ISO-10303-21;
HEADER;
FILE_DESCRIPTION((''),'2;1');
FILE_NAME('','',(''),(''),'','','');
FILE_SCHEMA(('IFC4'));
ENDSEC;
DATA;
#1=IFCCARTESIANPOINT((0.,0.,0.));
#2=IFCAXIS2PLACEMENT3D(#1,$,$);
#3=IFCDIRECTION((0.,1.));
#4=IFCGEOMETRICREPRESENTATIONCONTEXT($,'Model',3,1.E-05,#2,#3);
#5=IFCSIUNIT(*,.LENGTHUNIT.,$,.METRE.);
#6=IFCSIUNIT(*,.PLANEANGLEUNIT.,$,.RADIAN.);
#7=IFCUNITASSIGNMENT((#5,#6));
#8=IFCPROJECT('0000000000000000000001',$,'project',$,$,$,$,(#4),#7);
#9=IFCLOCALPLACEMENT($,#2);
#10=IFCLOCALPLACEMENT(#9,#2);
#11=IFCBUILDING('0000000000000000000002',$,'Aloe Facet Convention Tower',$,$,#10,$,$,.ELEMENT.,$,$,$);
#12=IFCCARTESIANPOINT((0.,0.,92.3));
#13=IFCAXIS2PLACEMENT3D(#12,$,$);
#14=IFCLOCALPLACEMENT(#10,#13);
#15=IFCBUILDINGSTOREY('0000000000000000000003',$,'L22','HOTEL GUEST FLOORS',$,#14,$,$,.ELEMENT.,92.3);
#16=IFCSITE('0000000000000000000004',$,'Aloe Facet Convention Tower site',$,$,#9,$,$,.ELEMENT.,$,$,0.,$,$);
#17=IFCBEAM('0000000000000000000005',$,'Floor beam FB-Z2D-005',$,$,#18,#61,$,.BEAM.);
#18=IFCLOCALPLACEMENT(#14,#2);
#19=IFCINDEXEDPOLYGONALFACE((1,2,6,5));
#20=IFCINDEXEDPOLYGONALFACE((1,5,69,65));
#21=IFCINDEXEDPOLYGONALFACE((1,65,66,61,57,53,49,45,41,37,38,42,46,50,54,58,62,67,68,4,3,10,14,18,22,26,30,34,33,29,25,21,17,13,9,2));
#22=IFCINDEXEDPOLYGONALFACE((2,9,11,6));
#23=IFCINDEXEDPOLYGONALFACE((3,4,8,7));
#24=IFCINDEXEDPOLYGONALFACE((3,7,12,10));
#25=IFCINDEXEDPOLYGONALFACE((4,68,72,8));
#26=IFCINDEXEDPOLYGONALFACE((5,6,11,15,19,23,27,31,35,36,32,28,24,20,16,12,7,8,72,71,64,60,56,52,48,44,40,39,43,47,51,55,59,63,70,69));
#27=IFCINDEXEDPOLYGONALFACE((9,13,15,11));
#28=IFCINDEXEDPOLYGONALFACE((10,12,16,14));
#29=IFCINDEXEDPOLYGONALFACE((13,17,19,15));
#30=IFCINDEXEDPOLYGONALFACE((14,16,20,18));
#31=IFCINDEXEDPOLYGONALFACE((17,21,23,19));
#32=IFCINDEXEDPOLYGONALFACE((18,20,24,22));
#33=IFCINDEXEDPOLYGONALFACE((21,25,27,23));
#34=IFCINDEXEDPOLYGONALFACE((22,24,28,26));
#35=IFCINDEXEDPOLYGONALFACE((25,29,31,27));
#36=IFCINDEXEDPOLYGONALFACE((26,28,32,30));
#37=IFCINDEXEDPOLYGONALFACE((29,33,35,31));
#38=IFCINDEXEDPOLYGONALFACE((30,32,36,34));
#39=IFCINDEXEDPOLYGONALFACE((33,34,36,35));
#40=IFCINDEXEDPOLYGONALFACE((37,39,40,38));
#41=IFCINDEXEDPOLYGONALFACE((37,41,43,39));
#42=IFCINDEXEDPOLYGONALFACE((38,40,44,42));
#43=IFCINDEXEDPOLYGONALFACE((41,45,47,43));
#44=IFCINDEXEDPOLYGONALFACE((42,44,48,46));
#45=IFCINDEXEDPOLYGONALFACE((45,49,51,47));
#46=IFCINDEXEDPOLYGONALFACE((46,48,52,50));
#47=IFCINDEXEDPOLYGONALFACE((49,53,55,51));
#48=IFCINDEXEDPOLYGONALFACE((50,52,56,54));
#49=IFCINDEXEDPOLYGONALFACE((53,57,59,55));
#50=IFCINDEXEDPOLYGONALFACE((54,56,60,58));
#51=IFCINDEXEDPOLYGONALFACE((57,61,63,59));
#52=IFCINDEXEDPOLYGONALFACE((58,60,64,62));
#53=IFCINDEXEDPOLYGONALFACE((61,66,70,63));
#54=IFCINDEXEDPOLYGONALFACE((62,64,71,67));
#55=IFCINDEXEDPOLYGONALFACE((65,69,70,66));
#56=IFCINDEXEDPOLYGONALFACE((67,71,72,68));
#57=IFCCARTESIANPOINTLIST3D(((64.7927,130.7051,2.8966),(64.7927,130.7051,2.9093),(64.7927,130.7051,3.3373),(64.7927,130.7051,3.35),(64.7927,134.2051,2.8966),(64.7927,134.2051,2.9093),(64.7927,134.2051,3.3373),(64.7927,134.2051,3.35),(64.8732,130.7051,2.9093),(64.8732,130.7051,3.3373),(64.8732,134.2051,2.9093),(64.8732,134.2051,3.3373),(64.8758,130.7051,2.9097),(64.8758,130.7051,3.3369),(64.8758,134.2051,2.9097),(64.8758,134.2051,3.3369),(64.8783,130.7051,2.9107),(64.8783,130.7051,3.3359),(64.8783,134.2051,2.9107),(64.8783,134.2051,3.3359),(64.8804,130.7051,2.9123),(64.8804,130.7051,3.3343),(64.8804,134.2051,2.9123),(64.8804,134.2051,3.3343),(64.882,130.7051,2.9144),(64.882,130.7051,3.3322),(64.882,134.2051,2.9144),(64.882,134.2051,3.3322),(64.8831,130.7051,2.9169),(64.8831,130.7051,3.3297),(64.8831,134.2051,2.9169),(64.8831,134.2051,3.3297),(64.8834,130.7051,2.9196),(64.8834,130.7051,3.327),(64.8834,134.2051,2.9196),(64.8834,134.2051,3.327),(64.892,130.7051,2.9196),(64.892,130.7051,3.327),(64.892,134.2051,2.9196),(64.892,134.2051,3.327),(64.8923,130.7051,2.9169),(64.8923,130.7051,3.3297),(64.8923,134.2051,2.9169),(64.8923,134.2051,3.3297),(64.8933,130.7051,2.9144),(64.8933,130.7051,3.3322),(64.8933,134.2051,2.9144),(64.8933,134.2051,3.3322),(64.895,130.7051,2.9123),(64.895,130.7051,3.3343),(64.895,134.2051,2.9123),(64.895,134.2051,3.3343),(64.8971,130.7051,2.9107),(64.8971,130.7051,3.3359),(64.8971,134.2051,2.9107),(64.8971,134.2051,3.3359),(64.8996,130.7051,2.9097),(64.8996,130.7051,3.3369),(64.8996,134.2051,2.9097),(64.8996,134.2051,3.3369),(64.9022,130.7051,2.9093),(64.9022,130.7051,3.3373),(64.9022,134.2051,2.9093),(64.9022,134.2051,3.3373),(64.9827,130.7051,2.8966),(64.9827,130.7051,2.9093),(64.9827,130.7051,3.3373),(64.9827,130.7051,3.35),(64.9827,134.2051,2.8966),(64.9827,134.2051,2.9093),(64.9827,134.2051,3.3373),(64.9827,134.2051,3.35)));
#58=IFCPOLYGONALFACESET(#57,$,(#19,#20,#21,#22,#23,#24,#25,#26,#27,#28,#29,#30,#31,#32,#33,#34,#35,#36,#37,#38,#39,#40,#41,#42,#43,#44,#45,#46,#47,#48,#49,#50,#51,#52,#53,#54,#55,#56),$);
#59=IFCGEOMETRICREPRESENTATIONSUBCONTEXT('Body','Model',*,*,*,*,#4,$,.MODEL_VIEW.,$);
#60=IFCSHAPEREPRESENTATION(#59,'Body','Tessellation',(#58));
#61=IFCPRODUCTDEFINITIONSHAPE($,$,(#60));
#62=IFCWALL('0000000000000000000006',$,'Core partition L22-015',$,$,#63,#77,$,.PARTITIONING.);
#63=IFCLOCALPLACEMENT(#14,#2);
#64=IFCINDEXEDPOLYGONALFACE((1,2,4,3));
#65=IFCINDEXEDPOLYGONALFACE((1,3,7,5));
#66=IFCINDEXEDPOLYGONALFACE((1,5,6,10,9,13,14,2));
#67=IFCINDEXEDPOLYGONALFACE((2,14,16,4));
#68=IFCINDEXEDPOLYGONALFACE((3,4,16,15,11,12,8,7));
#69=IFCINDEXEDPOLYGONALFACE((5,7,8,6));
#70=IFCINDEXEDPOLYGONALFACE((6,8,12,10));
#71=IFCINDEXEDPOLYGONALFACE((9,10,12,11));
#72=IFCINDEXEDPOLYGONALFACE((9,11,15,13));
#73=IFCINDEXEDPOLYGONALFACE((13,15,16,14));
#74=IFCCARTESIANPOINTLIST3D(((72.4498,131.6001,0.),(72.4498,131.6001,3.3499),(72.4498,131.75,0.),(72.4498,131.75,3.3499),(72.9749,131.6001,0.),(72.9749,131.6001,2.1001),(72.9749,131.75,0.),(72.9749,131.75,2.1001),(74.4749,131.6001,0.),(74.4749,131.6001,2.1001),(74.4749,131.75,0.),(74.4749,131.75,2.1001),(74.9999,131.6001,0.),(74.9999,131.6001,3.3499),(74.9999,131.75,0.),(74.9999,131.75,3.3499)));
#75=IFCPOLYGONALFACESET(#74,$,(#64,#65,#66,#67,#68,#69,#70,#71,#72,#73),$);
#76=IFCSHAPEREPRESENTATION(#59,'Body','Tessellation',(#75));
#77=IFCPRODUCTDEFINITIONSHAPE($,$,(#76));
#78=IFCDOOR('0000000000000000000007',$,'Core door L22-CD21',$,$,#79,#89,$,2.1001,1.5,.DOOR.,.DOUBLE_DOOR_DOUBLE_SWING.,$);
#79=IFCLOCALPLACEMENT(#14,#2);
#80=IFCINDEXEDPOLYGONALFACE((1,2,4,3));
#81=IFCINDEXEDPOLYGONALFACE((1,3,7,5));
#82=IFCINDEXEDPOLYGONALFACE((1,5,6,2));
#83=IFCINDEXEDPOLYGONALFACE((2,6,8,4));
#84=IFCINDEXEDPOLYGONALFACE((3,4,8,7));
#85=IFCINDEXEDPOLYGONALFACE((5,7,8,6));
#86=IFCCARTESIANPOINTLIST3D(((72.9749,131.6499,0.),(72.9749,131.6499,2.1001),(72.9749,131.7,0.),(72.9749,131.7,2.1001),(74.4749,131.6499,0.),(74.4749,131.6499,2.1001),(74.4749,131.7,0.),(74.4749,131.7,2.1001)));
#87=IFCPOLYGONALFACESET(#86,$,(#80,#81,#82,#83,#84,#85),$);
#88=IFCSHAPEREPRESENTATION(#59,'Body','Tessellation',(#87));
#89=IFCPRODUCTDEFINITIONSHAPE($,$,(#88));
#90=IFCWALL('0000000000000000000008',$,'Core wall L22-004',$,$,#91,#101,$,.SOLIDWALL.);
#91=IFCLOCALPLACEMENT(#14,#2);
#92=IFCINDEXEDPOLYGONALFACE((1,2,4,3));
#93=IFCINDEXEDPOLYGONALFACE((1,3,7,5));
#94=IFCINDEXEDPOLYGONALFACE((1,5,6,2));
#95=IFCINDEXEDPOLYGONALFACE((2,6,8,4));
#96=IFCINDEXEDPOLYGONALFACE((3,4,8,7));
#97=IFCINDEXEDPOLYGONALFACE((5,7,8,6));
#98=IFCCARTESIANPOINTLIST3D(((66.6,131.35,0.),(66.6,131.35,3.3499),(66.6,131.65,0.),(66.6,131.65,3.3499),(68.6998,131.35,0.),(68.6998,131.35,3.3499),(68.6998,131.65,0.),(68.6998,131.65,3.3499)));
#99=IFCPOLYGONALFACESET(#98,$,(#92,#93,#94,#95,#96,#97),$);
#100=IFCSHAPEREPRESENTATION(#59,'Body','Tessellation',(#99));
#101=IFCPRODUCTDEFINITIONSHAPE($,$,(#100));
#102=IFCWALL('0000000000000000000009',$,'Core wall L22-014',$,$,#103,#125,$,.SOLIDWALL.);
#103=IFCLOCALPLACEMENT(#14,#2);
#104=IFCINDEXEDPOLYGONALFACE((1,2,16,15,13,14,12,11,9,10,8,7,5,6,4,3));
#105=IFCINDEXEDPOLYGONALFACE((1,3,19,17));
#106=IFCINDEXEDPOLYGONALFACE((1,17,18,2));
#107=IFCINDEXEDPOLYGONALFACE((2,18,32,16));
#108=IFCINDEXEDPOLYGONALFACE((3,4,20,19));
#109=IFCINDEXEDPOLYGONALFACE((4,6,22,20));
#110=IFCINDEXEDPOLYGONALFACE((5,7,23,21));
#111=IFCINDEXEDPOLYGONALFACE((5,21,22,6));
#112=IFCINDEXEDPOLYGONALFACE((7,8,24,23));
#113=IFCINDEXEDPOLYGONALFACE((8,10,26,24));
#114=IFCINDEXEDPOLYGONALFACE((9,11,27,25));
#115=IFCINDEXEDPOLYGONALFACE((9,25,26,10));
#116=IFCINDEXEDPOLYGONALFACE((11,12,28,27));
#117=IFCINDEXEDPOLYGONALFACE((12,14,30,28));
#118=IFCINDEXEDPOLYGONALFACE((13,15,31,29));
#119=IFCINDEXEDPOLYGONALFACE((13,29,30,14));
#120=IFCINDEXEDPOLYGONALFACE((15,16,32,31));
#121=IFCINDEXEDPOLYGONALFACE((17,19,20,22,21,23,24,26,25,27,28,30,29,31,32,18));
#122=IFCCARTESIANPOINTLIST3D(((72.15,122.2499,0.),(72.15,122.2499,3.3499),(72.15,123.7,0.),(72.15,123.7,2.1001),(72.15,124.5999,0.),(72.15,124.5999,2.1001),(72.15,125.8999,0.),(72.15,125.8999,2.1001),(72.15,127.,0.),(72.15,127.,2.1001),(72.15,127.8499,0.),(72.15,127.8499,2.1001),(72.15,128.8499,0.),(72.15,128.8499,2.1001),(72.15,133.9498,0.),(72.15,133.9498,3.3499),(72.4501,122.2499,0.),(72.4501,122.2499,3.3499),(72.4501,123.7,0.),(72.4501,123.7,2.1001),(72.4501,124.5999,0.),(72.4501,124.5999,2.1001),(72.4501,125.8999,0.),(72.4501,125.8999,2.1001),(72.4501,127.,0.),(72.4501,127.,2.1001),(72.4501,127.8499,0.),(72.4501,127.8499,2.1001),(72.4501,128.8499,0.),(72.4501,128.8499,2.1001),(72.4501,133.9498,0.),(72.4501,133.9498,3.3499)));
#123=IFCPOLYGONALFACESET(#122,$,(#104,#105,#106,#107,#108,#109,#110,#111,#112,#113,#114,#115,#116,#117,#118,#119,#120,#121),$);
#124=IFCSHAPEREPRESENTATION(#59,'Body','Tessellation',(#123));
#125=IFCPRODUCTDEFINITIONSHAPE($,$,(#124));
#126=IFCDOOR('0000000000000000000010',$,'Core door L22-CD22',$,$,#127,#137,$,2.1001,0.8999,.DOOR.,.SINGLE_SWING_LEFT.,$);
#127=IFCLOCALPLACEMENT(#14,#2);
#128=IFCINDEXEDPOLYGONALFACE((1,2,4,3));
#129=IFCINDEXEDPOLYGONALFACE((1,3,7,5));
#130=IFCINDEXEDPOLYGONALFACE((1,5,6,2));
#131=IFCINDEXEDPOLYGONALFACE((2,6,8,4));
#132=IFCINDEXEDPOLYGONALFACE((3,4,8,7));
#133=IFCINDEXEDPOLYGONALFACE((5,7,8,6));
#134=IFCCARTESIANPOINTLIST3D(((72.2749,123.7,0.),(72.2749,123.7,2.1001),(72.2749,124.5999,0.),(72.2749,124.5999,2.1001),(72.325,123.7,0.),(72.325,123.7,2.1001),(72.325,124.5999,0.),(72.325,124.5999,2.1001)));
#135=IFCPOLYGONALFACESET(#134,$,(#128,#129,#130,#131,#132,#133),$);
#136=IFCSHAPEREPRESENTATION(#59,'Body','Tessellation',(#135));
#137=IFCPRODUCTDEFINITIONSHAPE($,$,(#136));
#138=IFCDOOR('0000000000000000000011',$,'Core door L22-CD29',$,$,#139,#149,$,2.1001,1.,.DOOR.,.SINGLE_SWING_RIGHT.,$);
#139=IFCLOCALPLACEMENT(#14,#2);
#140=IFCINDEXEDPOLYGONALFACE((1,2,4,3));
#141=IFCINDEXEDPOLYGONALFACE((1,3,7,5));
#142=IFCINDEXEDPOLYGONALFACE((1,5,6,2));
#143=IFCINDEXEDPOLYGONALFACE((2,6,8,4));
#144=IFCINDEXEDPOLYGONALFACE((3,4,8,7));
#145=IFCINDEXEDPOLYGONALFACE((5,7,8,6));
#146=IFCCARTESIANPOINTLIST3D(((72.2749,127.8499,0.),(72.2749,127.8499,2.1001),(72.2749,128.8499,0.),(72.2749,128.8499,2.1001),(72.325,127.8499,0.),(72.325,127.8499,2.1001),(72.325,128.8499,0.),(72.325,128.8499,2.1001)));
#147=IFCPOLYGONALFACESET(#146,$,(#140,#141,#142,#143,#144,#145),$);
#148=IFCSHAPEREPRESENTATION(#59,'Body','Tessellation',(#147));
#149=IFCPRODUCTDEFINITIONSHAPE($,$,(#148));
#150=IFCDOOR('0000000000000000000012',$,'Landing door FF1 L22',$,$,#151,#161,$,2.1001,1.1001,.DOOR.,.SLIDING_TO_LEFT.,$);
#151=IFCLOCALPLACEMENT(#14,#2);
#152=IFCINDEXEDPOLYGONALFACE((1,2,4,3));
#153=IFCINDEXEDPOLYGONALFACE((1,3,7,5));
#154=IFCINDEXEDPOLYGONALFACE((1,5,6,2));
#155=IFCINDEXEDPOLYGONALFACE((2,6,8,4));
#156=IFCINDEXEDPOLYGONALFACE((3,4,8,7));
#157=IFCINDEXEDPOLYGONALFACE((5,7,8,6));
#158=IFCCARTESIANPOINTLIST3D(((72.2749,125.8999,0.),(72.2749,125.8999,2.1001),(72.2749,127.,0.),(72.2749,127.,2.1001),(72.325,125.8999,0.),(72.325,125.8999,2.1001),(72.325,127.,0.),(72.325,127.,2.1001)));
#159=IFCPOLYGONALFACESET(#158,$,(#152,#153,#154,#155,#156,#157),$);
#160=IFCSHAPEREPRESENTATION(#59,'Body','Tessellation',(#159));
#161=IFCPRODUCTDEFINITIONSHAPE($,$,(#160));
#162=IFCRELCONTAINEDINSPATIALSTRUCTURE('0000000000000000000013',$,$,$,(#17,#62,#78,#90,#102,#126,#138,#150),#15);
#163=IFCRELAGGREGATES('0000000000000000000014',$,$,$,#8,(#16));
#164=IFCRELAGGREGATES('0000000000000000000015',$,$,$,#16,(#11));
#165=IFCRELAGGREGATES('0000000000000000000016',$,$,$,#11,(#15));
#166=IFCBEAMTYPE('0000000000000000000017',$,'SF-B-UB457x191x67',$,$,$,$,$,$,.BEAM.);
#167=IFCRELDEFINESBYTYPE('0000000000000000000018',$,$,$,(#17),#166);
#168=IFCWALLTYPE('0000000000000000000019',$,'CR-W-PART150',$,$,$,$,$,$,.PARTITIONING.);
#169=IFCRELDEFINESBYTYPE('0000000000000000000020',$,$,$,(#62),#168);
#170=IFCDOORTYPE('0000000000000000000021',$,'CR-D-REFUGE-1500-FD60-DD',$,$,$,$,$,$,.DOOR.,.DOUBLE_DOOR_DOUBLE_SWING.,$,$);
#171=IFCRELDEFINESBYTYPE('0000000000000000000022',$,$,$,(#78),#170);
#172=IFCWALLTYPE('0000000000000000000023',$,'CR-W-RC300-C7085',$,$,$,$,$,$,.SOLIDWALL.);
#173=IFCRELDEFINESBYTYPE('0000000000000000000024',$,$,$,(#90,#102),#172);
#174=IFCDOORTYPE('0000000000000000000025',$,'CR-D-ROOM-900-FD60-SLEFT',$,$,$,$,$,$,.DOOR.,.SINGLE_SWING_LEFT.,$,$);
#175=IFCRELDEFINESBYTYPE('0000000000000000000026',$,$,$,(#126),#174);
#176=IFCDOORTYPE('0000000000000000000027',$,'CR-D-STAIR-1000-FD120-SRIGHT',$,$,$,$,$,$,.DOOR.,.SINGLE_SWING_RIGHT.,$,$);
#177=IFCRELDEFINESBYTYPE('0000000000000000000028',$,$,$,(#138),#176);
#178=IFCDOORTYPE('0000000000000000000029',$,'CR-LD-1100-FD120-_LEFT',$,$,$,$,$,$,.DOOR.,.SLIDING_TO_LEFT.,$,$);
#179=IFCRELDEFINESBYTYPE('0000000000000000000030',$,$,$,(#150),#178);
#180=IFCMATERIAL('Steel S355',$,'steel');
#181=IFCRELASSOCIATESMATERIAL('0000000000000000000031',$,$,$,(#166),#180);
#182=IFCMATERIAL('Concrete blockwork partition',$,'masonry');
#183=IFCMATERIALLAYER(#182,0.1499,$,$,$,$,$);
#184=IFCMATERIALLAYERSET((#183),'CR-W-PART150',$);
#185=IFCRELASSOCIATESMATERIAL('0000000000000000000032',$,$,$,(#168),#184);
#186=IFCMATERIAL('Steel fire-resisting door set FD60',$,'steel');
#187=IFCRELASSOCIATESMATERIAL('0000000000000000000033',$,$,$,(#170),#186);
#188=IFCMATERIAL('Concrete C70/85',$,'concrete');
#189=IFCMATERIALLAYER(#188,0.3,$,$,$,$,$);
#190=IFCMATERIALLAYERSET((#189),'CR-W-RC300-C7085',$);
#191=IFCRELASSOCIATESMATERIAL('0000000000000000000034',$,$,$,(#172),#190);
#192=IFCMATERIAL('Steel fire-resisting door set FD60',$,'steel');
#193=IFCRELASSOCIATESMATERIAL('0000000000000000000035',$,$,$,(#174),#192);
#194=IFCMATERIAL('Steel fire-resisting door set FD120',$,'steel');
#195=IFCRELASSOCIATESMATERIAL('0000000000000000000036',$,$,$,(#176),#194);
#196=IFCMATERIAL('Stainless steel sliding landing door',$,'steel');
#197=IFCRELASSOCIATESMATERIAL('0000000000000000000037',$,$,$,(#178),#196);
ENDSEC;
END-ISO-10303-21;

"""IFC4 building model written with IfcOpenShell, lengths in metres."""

from ifc_helpers import new_model, si_unit, direction, frame, frame_2d, origin, origin_2d, place, context, subcontext, project, spatial, rectangle, i_section, extrude, material, layer, layer_set, material_profile, profile_set, type_object, element, fill, save


model = new_model("IFC4")

# Units and contexts
model_context = context("Model", 3, precision=1e-05, world=origin(), true_north=direction((0.0, 1.0)))
body_context = subcontext(model_context, "Body", "Model", "MODEL_VIEW")
ifc_project = project(units=[si_unit("LENGTHUNIT", "METRE"), si_unit("PLANEANGLEUNIT", "RADIAN")], contexts=[model_context])

# Site, building, storey
site_placement = place(None, origin())
site = spatial("IfcSite", under=ifc_project, at=site_placement, Name="Aloe Facet Convention Tower site", CompositionType="ELEMENT", RefElevation=0.0)
building_placement = place(site_placement, origin())
building = spatial("IfcBuilding", under=site, at=building_placement, Name="Aloe Facet Convention Tower", CompositionType="ELEMENT")
storey_placement = place(building_placement, frame((0.0, 0.0, 92.3)))
storey = spatial("IfcBuildingStorey", under=building, at=storey_placement, Name="L22", Description="HOTEL GUEST FLOORS", CompositionType="ELEMENT", Elevation=92.3)

# Beam
ifc_material_1 = material(Name="Steel S355", Category="steel")
ifc_material_profile = material_profile(ifc_material_1, i_section(OverallWidth=0.1899, OverallDepth=0.4534, WebThickness=0.0085, FlangeThickness=0.0127, FilletRadius=0.0103, at=origin_2d()), Name="UB 457x191x67")
ifc_profile_set = profile_set([ifc_material_profile], Name="Steel S355")
beam_type = type_object("IfcBeamType", Name="SF-B-UB457x191x67", PredefinedType="BEAM", material=ifc_profile_set)
beam_placement = place(storey_placement, frame((64.8877, 130.7051, 3.1233), z_axis=(0.0, 1.0, 0.0), x_axis=(-1.0, 0.0, 0.0)))
element("IfcBeam", 1, at=beam_placement, inside=storey, type_object=beam_type, Name="Floor beam FB-Z2D-005", PredefinedType="BEAM", context=body_context, shape_type="SweptSolid", body=[
    extrude(i_section(OverallWidth=0.1899, OverallDepth=0.4534, WebThickness=0.0085, FlangeThickness=0.0127, FilletRadius=0.0103, at=origin_2d()), origin(), (0.0, 0.0, 1.0), 3.5),
])

# Wall, opening, door
ifc_material_2 = material(Name="Concrete blockwork partition", Category="masonry")
ifc_layer_1 = layer(ifc_material_2, 0.1499)
ifc_layer_set_1 = layer_set([ifc_layer_1], Name="CR-W-PART150")
wall_type_1 = type_object("IfcWallType", Name="CR-W-PART150", PredefinedType="PARTITIONING", material=ifc_layer_set_1)
wall_1_placement = place(storey_placement, frame((72.45, 131.675, 0.0), z_axis=(0.0, 0.0, 1.0), x_axis=(1.0, 0.0, 0.0)))
wall_1 = element("IfcWall", 2, at=wall_1_placement, inside=storey, type_object=wall_type_1, Name="Core partition L22-015", PredefinedType="PARTITIONING", context=body_context, shape_type="SweptSolid", body=[
    extrude(rectangle(XDim=2.55, YDim=0.1499, at=frame_2d((1.2749, 0.0))), origin(), (0.0, 0.0, 1.0), 3.3499),
])
opening_1_placement = place(wall_1_placement, frame((0.5249, 0.0, 0.0)))
opening_1 = element("IfcOpeningElement", 3, at=opening_1_placement, cuts=wall_1, PredefinedType="OPENING", context=body_context, shape_type="SweptSolid", body=[
    extrude(rectangle(XDim=1.5, YDim=2.1001, at=frame_2d((0.75, 1.05))), frame((0.0, 0.085, 0.0), z_axis=(0.0, -1.0, 0.0), x_axis=(1.0, 0.0, 0.0)), (0.0, 0.0, 1.0), 0.1699),
])
ifc_material_3 = material(Name="Steel fire-resisting door set FD60", Category="steel")
door_type_1 = type_object("IfcDoorType", Name="CR-D-REFUGE-1500-FD60-DD", OperationType="DOUBLE_DOOR_DOUBLE_SWING", PredefinedType="DOOR", material=ifc_material_3)
door_1_placement = place(opening_1_placement, origin())
door_1 = element("IfcDoor", 4, at=door_1_placement, inside=storey, type_object=door_type_1, Name="Core door L22-CD21", OperationType="DOUBLE_DOOR_DOUBLE_SWING", OverallHeight=2.1001, OverallWidth=1.5, PredefinedType="DOOR", context=body_context, shape_type="SweptSolid", body=[
    extrude(rectangle(XDim=1.5, YDim=2.1001, at=frame_2d((0.75, 1.05))), frame((0.0, 0.0249, 0.0), z_axis=(0.0, -1.0, 0.0), x_axis=(1.0, 0.0, 0.0)), (0.0, 0.0, 1.0), 0.05),
])
fill(opening_1, door_1)

# Wall
ifc_material_4 = material(Name="Concrete C70/85", Category="concrete")
ifc_layer_2 = layer(ifc_material_4, 0.3)
ifc_layer_set_2 = layer_set([ifc_layer_2], Name="CR-W-RC300-C7085")
wall_type_2 = type_object("IfcWallType", Name="CR-W-RC300-C7085", PredefinedType="SOLIDWALL", material=ifc_layer_set_2)
wall_2_placement = place(storey_placement, frame((66.6001, 131.5, 0.0), z_axis=(0.0, 0.0, 1.0), x_axis=(1.0, 0.0, 0.0)))
element("IfcWall", 5, at=wall_2_placement, inside=storey, type_object=wall_type_2, Name="Core wall L22-004", PredefinedType="SOLIDWALL", context=body_context, shape_type="SweptSolid", body=[
    extrude(rectangle(XDim=2.0999, YDim=0.3, at=frame_2d((1.0498, 0.0))), origin(), (0.0, 0.0, 1.0), 3.3499),
])

# Wall, openings, doors
wall_3_placement = place(storey_placement, frame((72.3, 133.95, 0.0), z_axis=(0.0, 0.0, 1.0), x_axis=(0.0, -1.0, 0.0)))
wall_3 = element("IfcWall", 6, at=wall_3_placement, inside=storey, type_object=wall_type_2, Name="Core wall L22-014", PredefinedType="SOLIDWALL", context=body_context, shape_type="SweptSolid", body=[
    extrude(rectangle(XDim=11.7, YDim=0.3, at=frame_2d((5.8501, 0.0))), origin(), (0.0, 0.0, 1.0), 3.3499),
])
opening_2_placement = place(wall_3_placement, frame((6.95, 0.0, 0.0)))
opening_2 = element("IfcOpeningElement", 7, at=opening_2_placement, cuts=wall_3, PredefinedType="OPENING", context=body_context, shape_type="SweptSolid", body=[
    extrude(rectangle(XDim=1.1001, YDim=2.1001, at=frame_2d((0.55, 1.05))), frame((0.0, 0.1602, 0.0), z_axis=(0.0, -1.0, 0.0), x_axis=(1.0, 0.0, 0.0)), (0.0, 0.0, 1.0), 0.3201),
])
opening_3_placement = place(wall_3_placement, frame((9.3501, 0.0, 0.0)))
opening_3 = element("IfcOpeningElement", 8, at=opening_3_placement, cuts=wall_3, PredefinedType="OPENING", context=body_context, shape_type="SweptSolid", body=[
    extrude(rectangle(XDim=0.8999, YDim=2.1001, at=frame_2d((0.45, 1.05))), frame((0.0, 0.1602, 0.0), z_axis=(0.0, -1.0, 0.0), x_axis=(1.0, 0.0, 0.0)), (0.0, 0.0, 1.0), 0.3201),
])
opening_4_placement = place(wall_3_placement, frame((5.1001, 0.0, 0.0)))
opening_4 = element("IfcOpeningElement", 9, at=opening_4_placement, cuts=wall_3, PredefinedType="OPENING", context=body_context, shape_type="SweptSolid", body=[
    extrude(rectangle(XDim=1.0, YDim=2.1001, at=frame_2d((0.5, 1.05))), frame((0.0, 0.1602, 0.0), z_axis=(0.0, -1.0, 0.0), x_axis=(1.0, 0.0, 0.0)), (0.0, 0.0, 1.0), 0.3201),
])
ifc_material_5 = material(Name="Steel fire-resisting door set FD60", Category="steel")
door_type_2 = type_object("IfcDoorType", Name="CR-D-ROOM-900-FD60-SLEFT", OperationType="SINGLE_SWING_LEFT", PredefinedType="DOOR", material=ifc_material_5)
door_2_placement = place(opening_3_placement, origin())
door_2 = element("IfcDoor", 10, at=door_2_placement, inside=storey, type_object=door_type_2, Name="Core door L22-CD22", OperationType="SINGLE_SWING_LEFT", OverallHeight=2.1001, OverallWidth=0.8999, PredefinedType="DOOR", context=body_context, shape_type="SweptSolid", body=[
    extrude(rectangle(XDim=0.8999, YDim=2.1001, at=frame_2d((0.45, 1.05))), frame((0.0, 0.0249, 0.0), z_axis=(0.0, -1.0, 0.0), x_axis=(1.0, 0.0, 0.0)), (0.0, 0.0, 1.0), 0.05),
])
fill(opening_3, door_2)
ifc_material_6 = material(Name="Steel fire-resisting door set FD120", Category="steel")
door_type_3 = type_object("IfcDoorType", Name="CR-D-STAIR-1000-FD120-SRIGHT", OperationType="SINGLE_SWING_RIGHT", PredefinedType="DOOR", material=ifc_material_6)
door_3_placement = place(opening_4_placement, origin())
door_3 = element("IfcDoor", 11, at=door_3_placement, inside=storey, type_object=door_type_3, Name="Core door L22-CD29", OperationType="SINGLE_SWING_RIGHT", OverallHeight=2.1001, OverallWidth=1.0, PredefinedType="DOOR", context=body_context, shape_type="SweptSolid", body=[
    extrude(rectangle(XDim=1.0, YDim=2.1001, at=frame_2d((0.5, 1.05))), frame((0.0, 0.0249, 0.0), z_axis=(0.0, -1.0, 0.0), x_axis=(1.0, 0.0, 0.0)), (0.0, 0.0, 1.0), 0.05),
])
fill(opening_4, door_3)
ifc_material_7 = material(Name="Stainless steel sliding landing door", Category="steel")
door_type_4 = type_object("IfcDoorType", Name="CR-LD-1100-FD120-_LEFT", OperationType="SLIDING_TO_LEFT", PredefinedType="DOOR", material=ifc_material_7)
door_4_placement = place(opening_2_placement, origin())
door_4 = element("IfcDoor", 12, at=door_4_placement, inside=storey, type_object=door_type_4, Name="Landing door FF1 L22", OperationType="SLIDING_TO_LEFT", OverallHeight=2.1001, OverallWidth=1.1001, PredefinedType="DOOR", context=body_context, shape_type="SweptSolid", body=[
    extrude(rectangle(XDim=1.1001, YDim=2.1001, at=frame_2d((0.55, 1.05))), frame((0.0, 0.0249, 0.0), z_axis=(0.0, -1.0, 0.0), x_axis=(1.0, 0.0, 0.0)), (0.0, 0.0, 1.0), 0.05),
])
fill(opening_2, door_4)

save(model, "model.ifc")
